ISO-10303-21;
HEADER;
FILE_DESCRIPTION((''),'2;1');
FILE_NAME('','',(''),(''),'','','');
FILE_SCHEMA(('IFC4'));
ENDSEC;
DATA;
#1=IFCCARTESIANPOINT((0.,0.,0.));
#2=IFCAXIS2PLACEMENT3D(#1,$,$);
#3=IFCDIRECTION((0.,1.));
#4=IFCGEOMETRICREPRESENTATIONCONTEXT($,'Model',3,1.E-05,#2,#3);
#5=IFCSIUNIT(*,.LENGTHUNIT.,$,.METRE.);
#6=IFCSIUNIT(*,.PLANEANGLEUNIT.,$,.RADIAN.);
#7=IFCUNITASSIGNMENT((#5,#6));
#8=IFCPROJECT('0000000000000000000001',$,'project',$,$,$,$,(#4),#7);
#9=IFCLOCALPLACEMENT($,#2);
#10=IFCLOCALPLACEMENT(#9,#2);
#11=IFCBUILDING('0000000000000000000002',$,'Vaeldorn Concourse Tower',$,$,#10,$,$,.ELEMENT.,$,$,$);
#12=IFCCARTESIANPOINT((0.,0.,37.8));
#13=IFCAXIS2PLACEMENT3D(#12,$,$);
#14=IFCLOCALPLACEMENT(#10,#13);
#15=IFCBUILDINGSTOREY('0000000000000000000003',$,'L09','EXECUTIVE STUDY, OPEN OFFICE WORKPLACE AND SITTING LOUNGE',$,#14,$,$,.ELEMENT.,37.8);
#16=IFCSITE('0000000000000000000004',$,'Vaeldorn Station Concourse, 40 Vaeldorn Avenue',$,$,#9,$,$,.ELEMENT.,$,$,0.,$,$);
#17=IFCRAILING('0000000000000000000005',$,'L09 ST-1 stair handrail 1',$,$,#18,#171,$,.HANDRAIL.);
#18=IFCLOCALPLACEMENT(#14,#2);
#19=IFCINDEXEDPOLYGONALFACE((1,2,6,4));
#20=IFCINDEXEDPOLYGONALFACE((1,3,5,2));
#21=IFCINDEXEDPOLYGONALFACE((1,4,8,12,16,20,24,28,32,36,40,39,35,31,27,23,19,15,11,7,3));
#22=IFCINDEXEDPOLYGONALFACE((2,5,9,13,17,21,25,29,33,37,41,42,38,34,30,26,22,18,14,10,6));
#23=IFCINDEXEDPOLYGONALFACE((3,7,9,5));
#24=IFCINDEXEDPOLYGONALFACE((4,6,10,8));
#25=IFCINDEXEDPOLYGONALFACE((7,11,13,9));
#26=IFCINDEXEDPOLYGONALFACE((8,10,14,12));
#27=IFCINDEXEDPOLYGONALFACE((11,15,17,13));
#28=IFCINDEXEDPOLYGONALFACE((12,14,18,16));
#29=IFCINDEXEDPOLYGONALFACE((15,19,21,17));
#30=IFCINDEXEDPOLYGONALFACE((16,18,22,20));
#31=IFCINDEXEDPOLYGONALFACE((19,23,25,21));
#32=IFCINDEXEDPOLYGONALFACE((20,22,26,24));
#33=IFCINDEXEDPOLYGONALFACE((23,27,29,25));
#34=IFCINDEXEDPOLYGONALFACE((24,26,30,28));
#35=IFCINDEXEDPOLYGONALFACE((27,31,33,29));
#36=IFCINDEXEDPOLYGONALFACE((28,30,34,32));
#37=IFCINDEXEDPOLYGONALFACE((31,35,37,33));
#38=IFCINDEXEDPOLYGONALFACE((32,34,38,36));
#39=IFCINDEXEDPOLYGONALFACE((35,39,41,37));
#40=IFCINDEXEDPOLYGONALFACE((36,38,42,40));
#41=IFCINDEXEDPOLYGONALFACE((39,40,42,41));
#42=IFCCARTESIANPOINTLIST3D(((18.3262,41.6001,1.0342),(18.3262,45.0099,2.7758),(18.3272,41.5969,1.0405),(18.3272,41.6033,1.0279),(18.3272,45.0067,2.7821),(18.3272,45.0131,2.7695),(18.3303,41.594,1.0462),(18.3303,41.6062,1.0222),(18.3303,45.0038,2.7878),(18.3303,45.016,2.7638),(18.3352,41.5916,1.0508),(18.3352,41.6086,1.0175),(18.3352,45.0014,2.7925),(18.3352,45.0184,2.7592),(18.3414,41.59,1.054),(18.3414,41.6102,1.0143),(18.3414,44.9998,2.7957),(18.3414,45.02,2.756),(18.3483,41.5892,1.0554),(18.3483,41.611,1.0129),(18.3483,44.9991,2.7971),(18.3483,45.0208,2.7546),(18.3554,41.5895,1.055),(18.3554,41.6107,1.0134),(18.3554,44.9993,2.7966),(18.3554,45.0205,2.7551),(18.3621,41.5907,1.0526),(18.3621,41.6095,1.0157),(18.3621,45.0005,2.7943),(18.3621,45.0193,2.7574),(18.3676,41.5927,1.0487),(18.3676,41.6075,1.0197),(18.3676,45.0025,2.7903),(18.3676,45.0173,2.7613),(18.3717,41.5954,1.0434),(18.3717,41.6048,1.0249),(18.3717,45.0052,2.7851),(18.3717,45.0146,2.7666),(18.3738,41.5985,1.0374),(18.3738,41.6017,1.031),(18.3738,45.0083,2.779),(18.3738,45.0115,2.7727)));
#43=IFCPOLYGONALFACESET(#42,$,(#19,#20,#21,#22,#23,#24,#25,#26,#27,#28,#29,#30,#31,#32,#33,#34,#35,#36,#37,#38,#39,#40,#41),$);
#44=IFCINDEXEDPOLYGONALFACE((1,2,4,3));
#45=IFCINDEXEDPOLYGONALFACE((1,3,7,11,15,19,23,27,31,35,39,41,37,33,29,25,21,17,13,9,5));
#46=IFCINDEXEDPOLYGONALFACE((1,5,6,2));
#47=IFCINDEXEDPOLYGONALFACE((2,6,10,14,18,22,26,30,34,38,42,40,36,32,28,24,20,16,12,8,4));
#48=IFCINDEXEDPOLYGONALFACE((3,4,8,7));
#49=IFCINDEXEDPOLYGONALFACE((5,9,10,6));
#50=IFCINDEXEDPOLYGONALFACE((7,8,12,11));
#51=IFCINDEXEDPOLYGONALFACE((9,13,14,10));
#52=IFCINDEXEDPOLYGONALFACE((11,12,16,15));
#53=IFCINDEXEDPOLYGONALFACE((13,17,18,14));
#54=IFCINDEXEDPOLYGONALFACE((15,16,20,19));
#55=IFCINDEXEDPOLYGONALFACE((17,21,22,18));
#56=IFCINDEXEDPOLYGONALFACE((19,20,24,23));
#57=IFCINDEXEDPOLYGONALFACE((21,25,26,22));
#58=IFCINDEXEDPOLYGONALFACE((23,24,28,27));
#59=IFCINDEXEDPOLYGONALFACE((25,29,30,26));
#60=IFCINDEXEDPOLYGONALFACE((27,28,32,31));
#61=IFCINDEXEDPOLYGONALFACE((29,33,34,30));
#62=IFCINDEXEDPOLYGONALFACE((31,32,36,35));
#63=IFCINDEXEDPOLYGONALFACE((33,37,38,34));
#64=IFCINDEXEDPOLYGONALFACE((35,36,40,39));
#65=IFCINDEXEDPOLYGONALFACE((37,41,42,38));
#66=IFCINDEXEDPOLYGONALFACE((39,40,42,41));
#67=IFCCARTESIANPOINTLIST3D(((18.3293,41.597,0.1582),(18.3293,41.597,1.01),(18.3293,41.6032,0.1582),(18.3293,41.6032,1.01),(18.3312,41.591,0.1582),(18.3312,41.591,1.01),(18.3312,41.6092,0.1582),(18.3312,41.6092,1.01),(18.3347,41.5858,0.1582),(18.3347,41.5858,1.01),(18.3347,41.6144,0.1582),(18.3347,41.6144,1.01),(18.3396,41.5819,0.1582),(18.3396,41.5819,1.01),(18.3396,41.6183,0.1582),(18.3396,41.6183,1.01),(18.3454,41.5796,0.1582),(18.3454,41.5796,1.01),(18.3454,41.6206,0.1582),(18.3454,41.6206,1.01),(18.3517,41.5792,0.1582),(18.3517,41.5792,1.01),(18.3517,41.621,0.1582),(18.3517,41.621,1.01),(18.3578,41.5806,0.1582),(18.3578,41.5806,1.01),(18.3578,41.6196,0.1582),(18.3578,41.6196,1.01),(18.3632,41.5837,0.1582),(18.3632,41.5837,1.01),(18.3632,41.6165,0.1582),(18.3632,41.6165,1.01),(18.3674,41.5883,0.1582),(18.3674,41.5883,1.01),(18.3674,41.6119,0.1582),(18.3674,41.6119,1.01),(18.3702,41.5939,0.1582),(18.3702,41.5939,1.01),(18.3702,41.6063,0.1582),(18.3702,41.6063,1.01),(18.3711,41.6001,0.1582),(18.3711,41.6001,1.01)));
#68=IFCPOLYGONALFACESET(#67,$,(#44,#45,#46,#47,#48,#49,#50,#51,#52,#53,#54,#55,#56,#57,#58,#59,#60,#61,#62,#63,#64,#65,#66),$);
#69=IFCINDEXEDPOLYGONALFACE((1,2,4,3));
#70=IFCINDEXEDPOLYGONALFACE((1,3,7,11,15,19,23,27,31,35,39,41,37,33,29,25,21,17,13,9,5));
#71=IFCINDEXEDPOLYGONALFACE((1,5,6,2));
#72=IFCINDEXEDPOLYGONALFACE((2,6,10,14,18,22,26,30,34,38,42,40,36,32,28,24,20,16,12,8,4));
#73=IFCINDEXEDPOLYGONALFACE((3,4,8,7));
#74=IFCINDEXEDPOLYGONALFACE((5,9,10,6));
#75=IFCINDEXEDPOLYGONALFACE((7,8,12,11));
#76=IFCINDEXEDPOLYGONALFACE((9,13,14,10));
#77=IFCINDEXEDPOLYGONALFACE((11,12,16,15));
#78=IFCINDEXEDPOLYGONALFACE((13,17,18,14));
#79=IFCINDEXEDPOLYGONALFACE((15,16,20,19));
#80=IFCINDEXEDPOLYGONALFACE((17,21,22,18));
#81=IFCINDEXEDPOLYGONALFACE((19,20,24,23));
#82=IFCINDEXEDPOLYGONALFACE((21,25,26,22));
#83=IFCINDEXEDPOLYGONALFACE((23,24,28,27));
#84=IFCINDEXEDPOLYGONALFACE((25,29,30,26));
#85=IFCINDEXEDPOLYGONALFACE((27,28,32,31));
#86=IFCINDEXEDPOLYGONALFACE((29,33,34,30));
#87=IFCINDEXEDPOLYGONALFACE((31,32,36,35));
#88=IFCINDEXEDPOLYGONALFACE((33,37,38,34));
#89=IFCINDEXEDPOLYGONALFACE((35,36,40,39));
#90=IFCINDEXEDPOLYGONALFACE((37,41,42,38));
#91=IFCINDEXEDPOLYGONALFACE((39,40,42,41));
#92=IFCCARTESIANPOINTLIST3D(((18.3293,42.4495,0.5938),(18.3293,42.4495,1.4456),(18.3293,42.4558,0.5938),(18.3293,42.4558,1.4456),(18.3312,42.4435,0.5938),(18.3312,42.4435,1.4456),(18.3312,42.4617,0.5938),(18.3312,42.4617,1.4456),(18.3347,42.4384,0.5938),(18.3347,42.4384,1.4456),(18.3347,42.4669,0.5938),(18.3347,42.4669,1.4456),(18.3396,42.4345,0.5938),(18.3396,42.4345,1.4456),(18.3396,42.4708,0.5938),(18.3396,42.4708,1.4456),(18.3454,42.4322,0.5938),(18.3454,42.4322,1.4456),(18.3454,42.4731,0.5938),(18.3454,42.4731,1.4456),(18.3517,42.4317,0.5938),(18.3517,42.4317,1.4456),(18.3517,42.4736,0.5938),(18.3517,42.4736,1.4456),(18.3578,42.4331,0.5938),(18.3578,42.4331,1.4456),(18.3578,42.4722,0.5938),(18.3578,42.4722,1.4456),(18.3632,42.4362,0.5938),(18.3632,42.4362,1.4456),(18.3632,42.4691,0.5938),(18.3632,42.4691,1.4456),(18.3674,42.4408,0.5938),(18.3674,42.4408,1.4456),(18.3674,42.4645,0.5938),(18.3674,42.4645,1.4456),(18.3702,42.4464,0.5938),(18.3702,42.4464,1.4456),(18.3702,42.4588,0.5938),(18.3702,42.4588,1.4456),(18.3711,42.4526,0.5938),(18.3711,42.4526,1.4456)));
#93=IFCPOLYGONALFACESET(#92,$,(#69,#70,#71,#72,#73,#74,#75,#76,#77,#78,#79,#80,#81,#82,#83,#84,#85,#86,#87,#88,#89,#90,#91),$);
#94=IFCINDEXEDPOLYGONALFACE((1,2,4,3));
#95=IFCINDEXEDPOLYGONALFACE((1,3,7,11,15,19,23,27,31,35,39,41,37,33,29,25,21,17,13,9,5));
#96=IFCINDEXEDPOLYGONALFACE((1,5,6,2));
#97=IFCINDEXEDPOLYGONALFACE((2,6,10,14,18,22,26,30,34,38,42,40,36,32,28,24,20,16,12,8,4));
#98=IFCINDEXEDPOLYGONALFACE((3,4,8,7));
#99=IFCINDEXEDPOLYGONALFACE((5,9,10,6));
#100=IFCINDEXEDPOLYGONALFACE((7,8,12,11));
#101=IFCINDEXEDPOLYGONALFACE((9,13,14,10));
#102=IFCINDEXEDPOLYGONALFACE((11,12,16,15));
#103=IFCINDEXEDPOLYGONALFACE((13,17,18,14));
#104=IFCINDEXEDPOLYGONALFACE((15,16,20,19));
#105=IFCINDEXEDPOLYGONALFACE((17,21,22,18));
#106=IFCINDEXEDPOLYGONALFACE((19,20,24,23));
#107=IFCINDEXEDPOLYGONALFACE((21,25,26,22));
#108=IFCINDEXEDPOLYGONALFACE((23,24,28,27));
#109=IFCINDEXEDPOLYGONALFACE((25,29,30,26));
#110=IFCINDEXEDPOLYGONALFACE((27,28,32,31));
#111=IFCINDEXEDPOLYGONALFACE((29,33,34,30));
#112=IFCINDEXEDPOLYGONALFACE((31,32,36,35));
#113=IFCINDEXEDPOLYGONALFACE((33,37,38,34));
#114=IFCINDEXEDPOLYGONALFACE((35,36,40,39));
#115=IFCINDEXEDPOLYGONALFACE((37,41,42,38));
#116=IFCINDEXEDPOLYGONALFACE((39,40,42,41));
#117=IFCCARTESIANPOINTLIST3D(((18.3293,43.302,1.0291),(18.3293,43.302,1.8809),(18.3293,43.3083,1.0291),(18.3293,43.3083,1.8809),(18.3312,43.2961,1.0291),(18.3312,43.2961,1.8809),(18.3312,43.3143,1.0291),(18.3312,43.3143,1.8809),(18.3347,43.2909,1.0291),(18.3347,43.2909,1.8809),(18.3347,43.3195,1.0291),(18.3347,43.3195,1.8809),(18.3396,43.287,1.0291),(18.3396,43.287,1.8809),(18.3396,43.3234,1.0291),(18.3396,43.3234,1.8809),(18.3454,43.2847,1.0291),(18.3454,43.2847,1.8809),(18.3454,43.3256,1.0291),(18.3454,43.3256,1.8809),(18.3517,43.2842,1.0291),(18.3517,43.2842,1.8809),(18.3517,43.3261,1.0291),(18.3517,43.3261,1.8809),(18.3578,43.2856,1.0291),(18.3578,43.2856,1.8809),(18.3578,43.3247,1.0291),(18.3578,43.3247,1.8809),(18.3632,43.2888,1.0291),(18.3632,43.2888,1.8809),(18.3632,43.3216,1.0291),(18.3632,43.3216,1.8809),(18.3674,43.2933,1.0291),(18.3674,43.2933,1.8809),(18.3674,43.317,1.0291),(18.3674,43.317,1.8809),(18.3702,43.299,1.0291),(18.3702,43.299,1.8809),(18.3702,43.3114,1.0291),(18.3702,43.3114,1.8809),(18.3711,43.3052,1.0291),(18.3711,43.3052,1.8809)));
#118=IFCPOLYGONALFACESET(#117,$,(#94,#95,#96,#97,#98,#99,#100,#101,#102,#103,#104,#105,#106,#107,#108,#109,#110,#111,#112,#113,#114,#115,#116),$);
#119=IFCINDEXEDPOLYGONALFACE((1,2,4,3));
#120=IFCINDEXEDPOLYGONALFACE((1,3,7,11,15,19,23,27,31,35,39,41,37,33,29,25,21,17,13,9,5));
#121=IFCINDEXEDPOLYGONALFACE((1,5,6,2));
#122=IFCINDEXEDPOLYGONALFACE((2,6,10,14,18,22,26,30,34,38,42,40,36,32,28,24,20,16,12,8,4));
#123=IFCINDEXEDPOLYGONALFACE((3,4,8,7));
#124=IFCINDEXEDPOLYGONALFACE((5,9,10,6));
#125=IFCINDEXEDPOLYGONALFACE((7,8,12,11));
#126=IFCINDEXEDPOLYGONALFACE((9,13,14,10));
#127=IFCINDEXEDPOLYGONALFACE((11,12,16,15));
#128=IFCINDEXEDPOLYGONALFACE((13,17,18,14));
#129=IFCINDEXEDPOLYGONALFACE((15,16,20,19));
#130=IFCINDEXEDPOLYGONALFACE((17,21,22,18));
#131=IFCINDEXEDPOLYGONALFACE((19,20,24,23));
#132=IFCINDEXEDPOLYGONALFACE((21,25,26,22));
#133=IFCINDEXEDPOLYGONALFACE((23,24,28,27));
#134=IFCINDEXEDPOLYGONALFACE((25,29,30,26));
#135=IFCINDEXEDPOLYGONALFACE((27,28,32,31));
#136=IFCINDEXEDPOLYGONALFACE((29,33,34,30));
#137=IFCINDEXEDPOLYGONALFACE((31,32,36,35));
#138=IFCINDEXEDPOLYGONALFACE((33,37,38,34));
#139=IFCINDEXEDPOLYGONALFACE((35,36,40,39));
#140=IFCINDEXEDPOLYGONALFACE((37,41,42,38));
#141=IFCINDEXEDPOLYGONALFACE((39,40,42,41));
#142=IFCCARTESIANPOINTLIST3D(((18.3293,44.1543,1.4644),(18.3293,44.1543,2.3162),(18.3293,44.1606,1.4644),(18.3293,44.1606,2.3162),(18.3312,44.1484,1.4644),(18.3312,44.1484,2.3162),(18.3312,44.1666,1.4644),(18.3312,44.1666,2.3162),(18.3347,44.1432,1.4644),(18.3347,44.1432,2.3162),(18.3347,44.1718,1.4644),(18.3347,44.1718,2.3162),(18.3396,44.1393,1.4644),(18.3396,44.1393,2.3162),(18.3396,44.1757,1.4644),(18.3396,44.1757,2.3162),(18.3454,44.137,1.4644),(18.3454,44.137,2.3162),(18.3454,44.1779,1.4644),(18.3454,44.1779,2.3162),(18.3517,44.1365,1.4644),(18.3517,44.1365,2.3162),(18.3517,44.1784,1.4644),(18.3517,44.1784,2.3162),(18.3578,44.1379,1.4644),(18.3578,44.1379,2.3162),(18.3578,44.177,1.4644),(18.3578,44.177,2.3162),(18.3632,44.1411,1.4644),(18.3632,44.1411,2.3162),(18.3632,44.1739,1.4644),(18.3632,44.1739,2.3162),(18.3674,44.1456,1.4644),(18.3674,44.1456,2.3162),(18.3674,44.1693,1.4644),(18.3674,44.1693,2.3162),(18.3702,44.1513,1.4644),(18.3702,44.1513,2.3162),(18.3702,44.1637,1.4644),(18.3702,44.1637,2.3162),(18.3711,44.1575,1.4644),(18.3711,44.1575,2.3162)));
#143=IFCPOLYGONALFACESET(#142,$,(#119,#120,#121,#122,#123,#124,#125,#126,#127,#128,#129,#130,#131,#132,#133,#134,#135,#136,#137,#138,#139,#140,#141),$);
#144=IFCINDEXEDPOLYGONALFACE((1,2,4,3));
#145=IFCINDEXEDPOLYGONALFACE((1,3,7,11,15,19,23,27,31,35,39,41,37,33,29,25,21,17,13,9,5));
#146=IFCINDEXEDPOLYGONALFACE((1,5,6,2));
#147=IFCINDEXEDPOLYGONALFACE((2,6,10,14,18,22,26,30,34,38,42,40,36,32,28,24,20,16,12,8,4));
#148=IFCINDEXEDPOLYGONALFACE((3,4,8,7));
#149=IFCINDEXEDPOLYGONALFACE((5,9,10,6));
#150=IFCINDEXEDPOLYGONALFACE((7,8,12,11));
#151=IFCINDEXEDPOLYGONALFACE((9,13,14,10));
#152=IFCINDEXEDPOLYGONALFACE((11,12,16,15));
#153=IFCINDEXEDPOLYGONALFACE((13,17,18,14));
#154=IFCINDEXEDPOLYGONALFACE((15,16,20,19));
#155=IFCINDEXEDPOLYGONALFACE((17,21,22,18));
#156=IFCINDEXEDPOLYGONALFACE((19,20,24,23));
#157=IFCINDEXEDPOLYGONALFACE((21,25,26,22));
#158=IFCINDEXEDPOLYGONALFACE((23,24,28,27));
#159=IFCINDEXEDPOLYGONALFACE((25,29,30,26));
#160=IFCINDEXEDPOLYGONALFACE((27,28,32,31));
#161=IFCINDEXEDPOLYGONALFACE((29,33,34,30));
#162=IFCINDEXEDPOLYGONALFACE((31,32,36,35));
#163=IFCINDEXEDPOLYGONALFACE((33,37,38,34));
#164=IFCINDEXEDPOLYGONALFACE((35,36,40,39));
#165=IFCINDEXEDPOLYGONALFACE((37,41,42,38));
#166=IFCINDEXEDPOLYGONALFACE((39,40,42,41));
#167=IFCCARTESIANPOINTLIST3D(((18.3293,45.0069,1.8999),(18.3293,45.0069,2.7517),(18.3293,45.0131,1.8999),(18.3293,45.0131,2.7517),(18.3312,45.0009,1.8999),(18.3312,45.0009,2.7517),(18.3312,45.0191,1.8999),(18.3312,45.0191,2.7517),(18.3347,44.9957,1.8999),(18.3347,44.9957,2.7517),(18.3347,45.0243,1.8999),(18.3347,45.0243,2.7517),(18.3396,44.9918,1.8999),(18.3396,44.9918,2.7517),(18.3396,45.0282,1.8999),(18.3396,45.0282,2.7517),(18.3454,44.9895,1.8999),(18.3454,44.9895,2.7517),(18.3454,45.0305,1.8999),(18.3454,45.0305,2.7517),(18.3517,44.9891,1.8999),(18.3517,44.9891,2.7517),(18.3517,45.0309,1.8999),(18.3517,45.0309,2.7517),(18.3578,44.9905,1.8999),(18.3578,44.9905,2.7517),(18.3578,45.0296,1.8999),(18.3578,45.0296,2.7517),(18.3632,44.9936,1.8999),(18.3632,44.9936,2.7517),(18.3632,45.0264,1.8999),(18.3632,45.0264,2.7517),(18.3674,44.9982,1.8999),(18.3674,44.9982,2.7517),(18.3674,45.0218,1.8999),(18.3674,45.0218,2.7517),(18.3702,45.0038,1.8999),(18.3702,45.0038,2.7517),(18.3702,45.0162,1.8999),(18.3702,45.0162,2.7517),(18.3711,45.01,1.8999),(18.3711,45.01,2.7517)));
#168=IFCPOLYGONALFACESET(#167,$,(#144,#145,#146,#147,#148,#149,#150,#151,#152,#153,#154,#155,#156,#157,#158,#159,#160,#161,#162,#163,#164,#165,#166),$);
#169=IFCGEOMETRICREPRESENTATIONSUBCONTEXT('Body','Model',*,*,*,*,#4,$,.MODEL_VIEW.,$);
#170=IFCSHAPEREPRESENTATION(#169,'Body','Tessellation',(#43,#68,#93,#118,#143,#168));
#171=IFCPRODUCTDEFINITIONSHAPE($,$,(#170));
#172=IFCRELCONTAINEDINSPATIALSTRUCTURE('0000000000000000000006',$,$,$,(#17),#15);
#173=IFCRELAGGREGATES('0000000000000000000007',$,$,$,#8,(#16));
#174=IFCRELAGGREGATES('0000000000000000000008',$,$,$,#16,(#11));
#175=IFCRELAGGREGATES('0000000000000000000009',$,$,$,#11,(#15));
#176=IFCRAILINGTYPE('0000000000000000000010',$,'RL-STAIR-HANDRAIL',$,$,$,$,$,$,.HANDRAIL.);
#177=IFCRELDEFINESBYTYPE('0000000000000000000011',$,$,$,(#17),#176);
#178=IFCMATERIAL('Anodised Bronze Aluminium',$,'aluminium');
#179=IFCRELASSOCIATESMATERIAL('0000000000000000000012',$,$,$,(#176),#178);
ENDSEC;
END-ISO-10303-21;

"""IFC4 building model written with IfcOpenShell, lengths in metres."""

from ifc_helpers import new_model, si_unit, direction, frame, origin, origin_2d, place, context, subcontext, project, spatial, circle, extrude, material, type_object, element, save


model = new_model("IFC4")

# Units and contexts
model_context = context("Model", 3, precision=1e-05, world=origin(), true_north=direction((0.0, 1.0)))
body_context = subcontext(model_context, "Body", "Model", "MODEL_VIEW")
ifc_project = project(units=[si_unit("LENGTHUNIT", "METRE"), si_unit("PLANEANGLEUNIT", "RADIAN")], contexts=[model_context])

# Site, building, storey
site_placement = place(None, origin())
site = spatial("IfcSite", under=ifc_project, at=site_placement, Name="Vaeldorn Station Concourse, 40 Vaeldorn Avenue", CompositionType="ELEMENT", RefElevation=0.0)
building_placement = place(site_placement, origin())
building = spatial("IfcBuilding", under=site, at=building_placement, Name="Vaeldorn Concourse Tower", CompositionType="ELEMENT")
storey_placement = place(building_placement, frame((0.0, 0.0, 37.8)))
storey = spatial("IfcBuildingStorey", under=building, at=storey_placement, Name="L09", Description="EXECUTIVE STUDY, OPEN OFFICE WORKPLACE AND SITTING LOUNGE", CompositionType="ELEMENT", Elevation=37.8)

# Shared definitions
ifc_material_1 = material(Name="Anodised Bronze Aluminium", Category="aluminium")

# Railing
railing_type_1 = type_object("IfcRailingType", Name="RL-STAIR-HANDRAIL", PredefinedType="HANDRAIL", material=ifc_material_1)
railing_1_placement = place(storey_placement, frame((18.3501, 41.6001, 0.1582)))
element("IfcRailing", 1, at=railing_1_placement, inside=storey, type_object=railing_type_1, Name="L09 ST-1 stair handrail 1", PredefinedType="HANDRAIL", context=body_context, shape_type="SweptSolid", body=[
    extrude(circle(Radius=0.0239, at=origin_2d()), frame((0.0, 0.0, 0.876), z_axis=(0.0, 0.890556, 0.454874), x_axis=(-1.0, 0.0, 0.0)), (0.0, 0.0, 1.0), 3.8289),
    extrude(circle(Radius=0.021, at=origin_2d()), origin(), (0.0, 0.0, 1.0), 0.8518),
    extrude(circle(Radius=0.021, at=origin_2d()), frame((0.0, 0.8525, 0.4355)), (0.0, 0.0, 1.0), 0.8518),
    extrude(circle(Radius=0.021, at=origin_2d()), frame((0.0, 1.7051, 0.8708)), (0.0, 0.0, 1.0), 0.8518),
    extrude(circle(Radius=0.021, at=origin_2d()), frame((0.0, 2.5574, 1.3062)), (0.0, 0.0, 1.0), 0.8518),
    extrude(circle(Radius=0.021, at=origin_2d()), frame((0.0, 3.4099, 1.7417)), (0.0, 0.0, 1.0), 0.8518),
])

save(model, "model.ifc")
